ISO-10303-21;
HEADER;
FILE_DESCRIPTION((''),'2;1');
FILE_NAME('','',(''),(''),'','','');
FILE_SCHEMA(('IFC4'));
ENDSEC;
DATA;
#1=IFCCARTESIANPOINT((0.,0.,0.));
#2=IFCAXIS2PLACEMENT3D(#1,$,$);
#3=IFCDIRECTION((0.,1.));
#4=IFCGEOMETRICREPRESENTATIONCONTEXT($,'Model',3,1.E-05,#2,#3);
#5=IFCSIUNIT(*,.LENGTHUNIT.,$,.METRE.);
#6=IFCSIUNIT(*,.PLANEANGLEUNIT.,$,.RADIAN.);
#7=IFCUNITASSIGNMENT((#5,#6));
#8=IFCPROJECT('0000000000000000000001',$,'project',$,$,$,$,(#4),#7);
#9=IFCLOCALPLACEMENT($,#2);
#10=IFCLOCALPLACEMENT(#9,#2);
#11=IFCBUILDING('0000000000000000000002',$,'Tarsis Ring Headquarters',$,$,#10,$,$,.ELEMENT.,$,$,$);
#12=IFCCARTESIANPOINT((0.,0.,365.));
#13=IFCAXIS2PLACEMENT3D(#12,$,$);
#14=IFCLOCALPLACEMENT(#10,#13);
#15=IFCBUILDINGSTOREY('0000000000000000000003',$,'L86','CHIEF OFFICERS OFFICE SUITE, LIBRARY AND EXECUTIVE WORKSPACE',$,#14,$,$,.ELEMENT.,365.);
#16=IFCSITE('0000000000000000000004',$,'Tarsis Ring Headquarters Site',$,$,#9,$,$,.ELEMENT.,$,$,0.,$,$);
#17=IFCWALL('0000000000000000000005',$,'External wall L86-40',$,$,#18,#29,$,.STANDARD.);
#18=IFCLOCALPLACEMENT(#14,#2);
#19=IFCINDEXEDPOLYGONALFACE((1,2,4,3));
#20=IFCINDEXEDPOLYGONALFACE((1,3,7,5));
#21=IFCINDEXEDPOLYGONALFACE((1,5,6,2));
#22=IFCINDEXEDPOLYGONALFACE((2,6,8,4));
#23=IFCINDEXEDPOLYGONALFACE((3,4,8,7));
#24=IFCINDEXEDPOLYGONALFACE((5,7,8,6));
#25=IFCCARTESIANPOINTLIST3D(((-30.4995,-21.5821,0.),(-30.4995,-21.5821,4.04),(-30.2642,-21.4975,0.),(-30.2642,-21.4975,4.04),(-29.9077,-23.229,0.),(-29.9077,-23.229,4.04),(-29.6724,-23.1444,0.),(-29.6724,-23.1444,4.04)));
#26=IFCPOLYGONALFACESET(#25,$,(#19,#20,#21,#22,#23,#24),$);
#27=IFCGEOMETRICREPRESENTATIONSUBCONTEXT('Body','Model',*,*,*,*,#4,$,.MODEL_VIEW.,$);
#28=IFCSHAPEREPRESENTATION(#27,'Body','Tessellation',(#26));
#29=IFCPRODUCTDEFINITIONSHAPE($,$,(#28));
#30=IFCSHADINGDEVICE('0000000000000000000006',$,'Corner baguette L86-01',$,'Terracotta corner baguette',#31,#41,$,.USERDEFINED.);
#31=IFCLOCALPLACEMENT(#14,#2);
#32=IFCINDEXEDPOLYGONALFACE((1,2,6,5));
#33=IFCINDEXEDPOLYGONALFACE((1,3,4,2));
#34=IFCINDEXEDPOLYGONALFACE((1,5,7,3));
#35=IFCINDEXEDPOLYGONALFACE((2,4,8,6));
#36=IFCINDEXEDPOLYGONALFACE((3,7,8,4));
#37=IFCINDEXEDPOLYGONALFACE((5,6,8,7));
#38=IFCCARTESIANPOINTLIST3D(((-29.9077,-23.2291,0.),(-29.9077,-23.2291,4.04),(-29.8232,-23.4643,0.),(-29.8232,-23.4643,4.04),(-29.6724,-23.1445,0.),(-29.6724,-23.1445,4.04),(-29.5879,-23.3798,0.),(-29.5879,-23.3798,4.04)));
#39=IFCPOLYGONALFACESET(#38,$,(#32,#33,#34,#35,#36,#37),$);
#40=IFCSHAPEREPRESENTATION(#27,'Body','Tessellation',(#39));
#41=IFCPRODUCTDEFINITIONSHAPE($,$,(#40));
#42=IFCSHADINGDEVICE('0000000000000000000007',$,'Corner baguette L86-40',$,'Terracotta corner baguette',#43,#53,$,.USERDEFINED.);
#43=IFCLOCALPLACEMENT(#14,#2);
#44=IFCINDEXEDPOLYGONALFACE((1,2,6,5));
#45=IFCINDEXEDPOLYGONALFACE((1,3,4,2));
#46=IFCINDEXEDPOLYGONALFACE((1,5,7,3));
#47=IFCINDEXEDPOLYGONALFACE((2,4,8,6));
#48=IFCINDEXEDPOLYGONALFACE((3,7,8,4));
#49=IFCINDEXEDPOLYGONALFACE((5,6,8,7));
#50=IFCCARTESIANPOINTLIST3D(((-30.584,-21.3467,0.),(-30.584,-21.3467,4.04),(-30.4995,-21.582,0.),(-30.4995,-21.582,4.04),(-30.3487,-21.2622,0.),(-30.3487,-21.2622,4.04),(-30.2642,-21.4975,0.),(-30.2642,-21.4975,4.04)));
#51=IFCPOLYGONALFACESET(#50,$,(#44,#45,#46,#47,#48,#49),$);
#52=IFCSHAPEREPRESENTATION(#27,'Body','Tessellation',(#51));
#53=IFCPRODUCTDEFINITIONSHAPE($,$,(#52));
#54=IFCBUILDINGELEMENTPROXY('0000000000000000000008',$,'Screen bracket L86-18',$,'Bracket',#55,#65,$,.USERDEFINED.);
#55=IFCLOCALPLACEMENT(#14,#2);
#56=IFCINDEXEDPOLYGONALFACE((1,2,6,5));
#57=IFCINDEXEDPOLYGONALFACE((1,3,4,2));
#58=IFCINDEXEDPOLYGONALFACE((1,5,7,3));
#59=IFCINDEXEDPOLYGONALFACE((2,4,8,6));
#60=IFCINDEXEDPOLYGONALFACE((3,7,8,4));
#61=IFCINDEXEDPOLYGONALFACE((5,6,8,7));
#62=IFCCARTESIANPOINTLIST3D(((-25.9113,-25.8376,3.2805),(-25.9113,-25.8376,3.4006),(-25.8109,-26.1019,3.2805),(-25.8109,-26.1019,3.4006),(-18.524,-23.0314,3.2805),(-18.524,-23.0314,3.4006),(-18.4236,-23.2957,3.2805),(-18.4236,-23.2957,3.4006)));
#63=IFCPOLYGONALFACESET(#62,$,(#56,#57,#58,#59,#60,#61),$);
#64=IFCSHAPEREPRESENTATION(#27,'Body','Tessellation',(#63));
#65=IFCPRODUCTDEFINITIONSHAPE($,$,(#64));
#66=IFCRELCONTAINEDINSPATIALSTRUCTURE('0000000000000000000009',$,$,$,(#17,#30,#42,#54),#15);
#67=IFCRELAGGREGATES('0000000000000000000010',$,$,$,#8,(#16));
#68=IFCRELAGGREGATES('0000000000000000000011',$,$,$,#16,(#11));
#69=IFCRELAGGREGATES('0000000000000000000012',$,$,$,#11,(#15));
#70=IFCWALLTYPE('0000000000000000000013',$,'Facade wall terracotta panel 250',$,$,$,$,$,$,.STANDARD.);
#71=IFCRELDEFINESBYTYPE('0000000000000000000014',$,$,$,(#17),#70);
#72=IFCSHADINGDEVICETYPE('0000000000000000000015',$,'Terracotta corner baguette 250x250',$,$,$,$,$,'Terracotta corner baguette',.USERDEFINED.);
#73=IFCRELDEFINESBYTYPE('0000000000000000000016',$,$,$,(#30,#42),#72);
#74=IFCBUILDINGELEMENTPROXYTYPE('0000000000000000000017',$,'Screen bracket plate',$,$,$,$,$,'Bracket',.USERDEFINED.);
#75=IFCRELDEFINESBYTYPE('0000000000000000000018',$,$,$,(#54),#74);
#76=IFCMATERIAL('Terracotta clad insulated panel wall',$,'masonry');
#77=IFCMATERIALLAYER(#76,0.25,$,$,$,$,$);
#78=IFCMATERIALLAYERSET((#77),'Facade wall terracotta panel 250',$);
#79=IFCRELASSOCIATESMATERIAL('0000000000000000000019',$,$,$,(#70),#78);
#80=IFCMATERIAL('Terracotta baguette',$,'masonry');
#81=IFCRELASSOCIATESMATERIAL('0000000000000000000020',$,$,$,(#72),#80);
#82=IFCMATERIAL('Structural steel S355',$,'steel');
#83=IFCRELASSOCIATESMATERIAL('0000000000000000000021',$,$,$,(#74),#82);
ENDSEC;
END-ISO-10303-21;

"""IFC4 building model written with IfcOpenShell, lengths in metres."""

from ifc_helpers import new_model, si_unit, direction, frame, frame_2d, origin, origin_2d, place, context, subcontext, project, spatial, rectangle, extrude, material, layer, layer_set, type_object, element, save


model = new_model("IFC4")

# Units and contexts
model_context = context("Model", 3, precision=1e-05, world=origin(), true_north=direction((0.0, 1.0)))
body_context = subcontext(model_context, "Body", "Model", "MODEL_VIEW")
ifc_project = project(units=[si_unit("LENGTHUNIT", "METRE"), si_unit("PLANEANGLEUNIT", "RADIAN")], contexts=[model_context])

# Site, building, storey
site_placement = place(None, origin())
site = spatial("IfcSite", under=ifc_project, at=site_placement, Name="Tarsis Ring Headquarters Site", CompositionType="ELEMENT", RefElevation=0.0)
building_placement = place(site_placement, origin())
building = spatial("IfcBuilding", under=site, at=building_placement, Name="Tarsis Ring Headquarters", CompositionType="ELEMENT")
storey_placement = place(building_placement, frame((0.0, 0.0, 365.0)))
storey = spatial("IfcBuildingStorey", under=building, at=storey_placement, Name="L86", Description="CHIEF OFFICERS OFFICE SUITE, LIBRARY AND EXECUTIVE WORKSPACE", CompositionType="ELEMENT", Elevation=365.0)

# Shared definitions
ifc_material_1 = material(Name="Structural steel S355", Category="steel")

# Shared definitions
ifc_material_2 = material(Name="Terracotta clad insulated panel wall", Category="masonry")
ifc_layer_1 = layer(ifc_material_2, 0.25)
ifc_layer_set_1 = layer_set([ifc_layer_1], Name="Facade wall terracotta panel 250")
wall_type_1 = type_object("IfcWallType", Name="Facade wall terracotta panel 250", PredefinedType="STANDARD", material=ifc_layer_set_1)

# Wall
wall_1_placement = place(storey_placement, frame((-30.3818, -21.5398, 0.0), z_axis=(0.0, 0.0, 1.0), x_axis=(0.338156, -0.94109, 0.0)))
element("IfcWall", 1, at=wall_1_placement, inside=storey, type_object=wall_type_1, Name="External wall L86-40", PredefinedType="STANDARD", context=body_context, shape_type="SweptSolid", body=[
    extrude(rectangle(XDim=1.75, YDim=0.25, at=frame_2d((0.875, 0.0))), origin(), (0.0, 0.0, 1.0), 4.04),
])

# Shading devices
ifc_material_3 = material(Name="Terracotta baguette", Category="masonry")
shading_device_type_1 = type_object("IfcShadingDeviceType", Name="Terracotta corner baguette 250x250", ElementType="Terracotta corner baguette", PredefinedType="USERDEFINED", material=ifc_material_3)
for number, where, z_axis, x_axis, name in (
    (2, (-29.7478, -23.3044, 0.0), (0.0, 0.0, 1.0), (0.338081, -0.941117, 0.0), "Corner baguette L86-01"),
    (3, (-30.4241, -21.4221, 0.0), (0.0, 0.0, 1.0), (0.941117, 0.338081, 0.0), "Corner baguette L86-40"),
):
    element("IfcShadingDevice", number, at=place(storey_placement, frame(where, z_axis=z_axis, x_axis=x_axis)), inside=storey, type_object=shading_device_type_1, Name=name, ObjectType="Terracotta corner baguette", PredefinedType="USERDEFINED", context=body_context, shape_type="SweptSolid", body=[
        extrude(rectangle(XDim=0.25, YDim=0.25, at=origin_2d()), origin(), (0.0, 0.0, 1.0), 4.04),
    ])

# Building element proxy
building_element_proxy_type = type_object("IfcBuildingElementProxyType", Name="Screen bracket plate", ElementType="Bracket", PredefinedType="USERDEFINED", material=ifc_material_1)
proxy_placement = place(storey_placement, frame((-22.1675, -24.5667, 3.2805), z_axis=(0.0, 0.0, 1.0), x_axis=(0.934826, 0.355107, 0.0)))
element("IfcBuildingElementProxy", 4, at=proxy_placement, inside=storey, type_object=building_element_proxy_type, Name="Screen bracket L86-18", ObjectType="Bracket", PredefinedType="USERDEFINED", context=body_context, shape_type="SweptSolid", body=[
    extrude(rectangle(XDim=7.9023, YDim=0.2827, at=origin_2d()), origin(), (0.0, 0.0, 1.0), 0.1201),
])

save(model, "model.ifc")
